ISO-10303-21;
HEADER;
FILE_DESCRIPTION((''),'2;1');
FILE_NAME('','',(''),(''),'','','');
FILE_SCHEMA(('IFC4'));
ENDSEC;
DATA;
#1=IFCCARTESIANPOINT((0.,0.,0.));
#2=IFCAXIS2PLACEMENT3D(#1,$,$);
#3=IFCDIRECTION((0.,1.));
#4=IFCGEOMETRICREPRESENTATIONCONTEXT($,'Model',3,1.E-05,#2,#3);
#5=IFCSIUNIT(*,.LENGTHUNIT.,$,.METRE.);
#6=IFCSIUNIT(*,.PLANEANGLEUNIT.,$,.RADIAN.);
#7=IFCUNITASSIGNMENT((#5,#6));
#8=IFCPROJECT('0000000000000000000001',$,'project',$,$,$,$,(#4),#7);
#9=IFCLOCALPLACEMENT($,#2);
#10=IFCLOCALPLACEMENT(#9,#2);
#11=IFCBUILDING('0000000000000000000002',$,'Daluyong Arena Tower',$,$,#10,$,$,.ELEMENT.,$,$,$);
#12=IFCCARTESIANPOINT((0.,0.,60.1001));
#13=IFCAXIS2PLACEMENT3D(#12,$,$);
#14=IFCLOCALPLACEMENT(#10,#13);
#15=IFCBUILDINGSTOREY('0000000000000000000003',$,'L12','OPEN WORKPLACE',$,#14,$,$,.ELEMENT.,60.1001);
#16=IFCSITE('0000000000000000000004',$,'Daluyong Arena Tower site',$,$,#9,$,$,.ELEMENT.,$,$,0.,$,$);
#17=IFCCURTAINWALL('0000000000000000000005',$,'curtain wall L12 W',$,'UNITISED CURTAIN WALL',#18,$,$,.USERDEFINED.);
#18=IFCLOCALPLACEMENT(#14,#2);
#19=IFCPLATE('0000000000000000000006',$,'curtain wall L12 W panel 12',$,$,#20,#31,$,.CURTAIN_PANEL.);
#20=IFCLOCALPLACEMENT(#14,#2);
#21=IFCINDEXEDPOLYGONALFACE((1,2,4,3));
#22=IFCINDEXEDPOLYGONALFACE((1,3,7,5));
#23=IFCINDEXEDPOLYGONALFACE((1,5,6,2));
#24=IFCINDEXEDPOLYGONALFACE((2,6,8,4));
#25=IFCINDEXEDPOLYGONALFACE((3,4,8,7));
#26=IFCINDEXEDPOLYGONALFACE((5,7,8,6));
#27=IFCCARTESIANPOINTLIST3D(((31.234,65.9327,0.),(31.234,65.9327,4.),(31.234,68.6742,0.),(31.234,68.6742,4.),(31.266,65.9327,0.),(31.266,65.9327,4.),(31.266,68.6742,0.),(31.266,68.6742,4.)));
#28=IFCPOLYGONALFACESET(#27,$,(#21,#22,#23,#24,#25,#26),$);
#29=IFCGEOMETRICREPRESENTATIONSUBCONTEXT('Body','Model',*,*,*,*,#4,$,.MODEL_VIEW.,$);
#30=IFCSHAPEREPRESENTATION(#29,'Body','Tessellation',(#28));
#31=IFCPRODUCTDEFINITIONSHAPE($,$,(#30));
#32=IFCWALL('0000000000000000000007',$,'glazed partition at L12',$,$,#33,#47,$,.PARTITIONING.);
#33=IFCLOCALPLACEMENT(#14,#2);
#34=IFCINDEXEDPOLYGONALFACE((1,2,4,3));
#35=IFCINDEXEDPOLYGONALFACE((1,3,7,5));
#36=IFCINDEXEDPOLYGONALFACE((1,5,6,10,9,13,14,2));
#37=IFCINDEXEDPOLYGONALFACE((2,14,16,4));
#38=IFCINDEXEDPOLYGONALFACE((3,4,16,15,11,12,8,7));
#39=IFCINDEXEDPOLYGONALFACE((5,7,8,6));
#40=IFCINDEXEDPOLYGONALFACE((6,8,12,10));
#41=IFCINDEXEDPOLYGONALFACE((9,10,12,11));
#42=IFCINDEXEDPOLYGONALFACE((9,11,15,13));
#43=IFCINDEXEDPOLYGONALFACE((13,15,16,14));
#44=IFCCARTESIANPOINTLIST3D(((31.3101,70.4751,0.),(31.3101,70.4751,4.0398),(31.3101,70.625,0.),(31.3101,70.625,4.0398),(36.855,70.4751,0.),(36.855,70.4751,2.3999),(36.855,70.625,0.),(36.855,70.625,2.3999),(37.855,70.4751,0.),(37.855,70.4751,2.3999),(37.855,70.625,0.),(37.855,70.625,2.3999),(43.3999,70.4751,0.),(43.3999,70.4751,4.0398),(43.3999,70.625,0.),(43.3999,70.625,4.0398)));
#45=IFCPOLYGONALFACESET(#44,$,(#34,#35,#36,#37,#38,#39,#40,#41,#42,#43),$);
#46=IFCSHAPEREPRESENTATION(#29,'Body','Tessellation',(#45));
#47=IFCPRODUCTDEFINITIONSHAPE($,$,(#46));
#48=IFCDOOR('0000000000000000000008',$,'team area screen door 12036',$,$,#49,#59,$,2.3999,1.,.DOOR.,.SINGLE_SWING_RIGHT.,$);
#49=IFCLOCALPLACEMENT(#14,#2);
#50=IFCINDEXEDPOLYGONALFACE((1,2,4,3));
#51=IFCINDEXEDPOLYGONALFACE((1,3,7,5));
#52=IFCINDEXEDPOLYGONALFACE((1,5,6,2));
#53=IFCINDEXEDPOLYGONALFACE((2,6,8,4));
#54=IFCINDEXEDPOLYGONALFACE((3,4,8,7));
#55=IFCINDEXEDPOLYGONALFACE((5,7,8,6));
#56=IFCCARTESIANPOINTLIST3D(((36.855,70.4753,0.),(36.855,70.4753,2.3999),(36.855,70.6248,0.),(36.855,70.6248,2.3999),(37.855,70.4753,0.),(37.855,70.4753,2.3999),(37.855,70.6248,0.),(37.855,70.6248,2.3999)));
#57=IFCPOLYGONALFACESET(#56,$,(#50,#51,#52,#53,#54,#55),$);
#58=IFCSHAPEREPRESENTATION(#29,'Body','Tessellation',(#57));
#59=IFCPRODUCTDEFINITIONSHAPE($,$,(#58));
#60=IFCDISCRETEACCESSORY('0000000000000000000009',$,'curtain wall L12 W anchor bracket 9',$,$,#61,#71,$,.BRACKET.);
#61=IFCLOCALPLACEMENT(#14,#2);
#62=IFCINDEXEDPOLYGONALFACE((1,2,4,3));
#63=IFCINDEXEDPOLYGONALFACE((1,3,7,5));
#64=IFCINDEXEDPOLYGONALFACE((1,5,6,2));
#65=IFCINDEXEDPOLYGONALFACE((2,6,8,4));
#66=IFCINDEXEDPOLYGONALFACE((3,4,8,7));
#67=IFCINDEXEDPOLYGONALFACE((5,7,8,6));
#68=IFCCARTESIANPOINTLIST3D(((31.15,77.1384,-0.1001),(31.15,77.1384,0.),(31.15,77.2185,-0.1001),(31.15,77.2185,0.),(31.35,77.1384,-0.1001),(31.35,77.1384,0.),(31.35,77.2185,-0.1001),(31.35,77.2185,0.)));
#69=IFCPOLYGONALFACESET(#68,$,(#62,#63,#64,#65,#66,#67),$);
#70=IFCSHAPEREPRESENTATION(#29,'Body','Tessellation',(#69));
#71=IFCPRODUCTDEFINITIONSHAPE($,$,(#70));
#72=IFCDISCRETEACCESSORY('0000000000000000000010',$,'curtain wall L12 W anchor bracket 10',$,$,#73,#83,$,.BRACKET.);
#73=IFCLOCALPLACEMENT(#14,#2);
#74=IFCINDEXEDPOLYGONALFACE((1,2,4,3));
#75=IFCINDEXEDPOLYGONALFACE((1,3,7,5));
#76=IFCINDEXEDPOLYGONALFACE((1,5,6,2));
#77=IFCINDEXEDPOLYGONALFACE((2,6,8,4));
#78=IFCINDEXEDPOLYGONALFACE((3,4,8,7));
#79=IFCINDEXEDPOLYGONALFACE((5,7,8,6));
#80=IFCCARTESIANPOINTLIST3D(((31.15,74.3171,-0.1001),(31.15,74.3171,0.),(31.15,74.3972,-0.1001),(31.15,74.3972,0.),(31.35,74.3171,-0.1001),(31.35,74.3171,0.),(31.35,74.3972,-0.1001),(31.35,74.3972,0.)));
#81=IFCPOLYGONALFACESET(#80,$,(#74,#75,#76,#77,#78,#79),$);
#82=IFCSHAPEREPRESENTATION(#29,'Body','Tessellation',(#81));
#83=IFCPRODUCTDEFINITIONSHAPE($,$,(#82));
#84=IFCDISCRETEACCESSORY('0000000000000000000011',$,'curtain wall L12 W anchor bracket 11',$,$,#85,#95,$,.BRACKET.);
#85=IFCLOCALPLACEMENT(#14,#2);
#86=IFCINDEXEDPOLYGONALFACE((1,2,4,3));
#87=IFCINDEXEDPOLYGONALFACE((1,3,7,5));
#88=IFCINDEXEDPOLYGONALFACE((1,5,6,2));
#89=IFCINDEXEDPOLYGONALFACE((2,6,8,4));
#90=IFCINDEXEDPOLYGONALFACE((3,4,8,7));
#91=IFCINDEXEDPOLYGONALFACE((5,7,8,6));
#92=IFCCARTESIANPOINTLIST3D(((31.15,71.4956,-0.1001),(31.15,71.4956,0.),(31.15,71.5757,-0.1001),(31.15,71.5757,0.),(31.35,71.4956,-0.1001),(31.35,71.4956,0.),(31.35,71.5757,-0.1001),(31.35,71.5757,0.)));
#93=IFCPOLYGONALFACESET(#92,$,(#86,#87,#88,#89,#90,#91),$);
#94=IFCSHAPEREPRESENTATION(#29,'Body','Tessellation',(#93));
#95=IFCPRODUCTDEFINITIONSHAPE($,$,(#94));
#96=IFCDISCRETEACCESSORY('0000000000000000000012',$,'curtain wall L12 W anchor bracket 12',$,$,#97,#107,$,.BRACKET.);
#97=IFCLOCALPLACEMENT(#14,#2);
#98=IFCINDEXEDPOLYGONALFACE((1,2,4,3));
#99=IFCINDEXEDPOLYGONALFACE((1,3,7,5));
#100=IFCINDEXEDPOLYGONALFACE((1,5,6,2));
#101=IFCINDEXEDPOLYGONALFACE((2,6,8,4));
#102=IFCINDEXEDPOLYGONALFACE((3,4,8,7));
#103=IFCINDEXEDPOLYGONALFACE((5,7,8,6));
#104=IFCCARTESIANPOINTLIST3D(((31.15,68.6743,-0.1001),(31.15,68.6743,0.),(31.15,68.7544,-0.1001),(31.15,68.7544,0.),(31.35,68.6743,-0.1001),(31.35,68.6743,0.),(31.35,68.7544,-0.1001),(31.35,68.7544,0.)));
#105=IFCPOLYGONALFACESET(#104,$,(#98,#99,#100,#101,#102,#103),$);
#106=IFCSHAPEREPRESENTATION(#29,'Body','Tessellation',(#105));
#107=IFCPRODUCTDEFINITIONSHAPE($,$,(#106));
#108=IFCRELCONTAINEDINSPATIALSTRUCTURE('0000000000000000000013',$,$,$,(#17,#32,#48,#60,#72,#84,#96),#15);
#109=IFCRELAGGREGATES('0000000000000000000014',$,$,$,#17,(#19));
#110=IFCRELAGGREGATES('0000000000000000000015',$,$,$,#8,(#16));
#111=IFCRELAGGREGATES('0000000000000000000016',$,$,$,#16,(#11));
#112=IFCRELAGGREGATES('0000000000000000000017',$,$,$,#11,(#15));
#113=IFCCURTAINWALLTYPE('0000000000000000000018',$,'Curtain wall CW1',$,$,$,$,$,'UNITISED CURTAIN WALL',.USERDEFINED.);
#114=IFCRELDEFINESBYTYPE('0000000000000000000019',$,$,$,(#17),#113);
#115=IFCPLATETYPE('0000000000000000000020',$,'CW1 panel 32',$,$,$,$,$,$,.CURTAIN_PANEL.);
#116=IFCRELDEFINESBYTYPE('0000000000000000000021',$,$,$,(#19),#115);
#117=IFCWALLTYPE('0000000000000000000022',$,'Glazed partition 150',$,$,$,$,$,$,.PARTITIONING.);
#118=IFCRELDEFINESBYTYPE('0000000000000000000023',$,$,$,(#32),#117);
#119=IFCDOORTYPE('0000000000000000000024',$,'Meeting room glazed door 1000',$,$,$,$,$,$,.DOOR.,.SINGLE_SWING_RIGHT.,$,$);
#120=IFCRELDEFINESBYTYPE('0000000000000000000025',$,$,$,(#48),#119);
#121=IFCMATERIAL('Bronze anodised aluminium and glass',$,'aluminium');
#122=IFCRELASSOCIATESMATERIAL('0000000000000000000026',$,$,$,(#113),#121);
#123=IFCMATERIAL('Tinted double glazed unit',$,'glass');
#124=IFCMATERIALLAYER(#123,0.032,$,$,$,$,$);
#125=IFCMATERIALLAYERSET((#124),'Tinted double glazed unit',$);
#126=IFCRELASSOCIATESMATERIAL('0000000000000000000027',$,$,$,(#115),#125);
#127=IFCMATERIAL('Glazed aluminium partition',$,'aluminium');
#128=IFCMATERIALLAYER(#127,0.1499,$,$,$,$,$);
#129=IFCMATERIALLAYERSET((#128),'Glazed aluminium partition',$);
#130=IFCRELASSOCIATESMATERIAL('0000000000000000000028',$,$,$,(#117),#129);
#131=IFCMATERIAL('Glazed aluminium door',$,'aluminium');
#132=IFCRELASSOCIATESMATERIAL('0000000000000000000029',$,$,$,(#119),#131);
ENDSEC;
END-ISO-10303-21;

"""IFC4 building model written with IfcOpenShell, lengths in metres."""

from ifc_helpers import new_model, si_unit, direction, frame, frame_2d, origin, origin_2d, place, context, subcontext, project, spatial, rectangle, extrude, material, layer, layer_set, type_object, element, fill, aggregate, save


model = new_model("IFC4")

# Units and contexts
model_context = context("Model", 3, precision=1e-05, world=origin(), true_north=direction((0.0, 1.0)))
body_context = subcontext(model_context, "Body", "Model", "MODEL_VIEW")
ifc_project = project(units=[si_unit("LENGTHUNIT", "METRE"), si_unit("PLANEANGLEUNIT", "RADIAN")], contexts=[model_context])

# Site, building, storey
site_placement = place(None, origin())
site = spatial("IfcSite", under=ifc_project, at=site_placement, Name="Daluyong Arena Tower site", CompositionType="ELEMENT", RefElevation=0.0)
building_placement = place(site_placement, origin())
building = spatial("IfcBuilding", under=site, at=building_placement, Name="Daluyong Arena Tower", CompositionType="ELEMENT")
storey_placement = place(building_placement, frame((0.0, 0.0, 60.1001)))
storey = spatial("IfcBuildingStorey", under=building, at=storey_placement, Name="L12", Description="OPEN WORKPLACE", CompositionType="ELEMENT", Elevation=60.1001)

# Curtain wall
ifc_material_1 = material(Name="Bronze anodised aluminium and glass", Category="aluminium")
curtain_wall_type = type_object("IfcCurtainWallType", Name="Curtain wall CW1", ElementType="UNITISED CURTAIN WALL", PredefinedType="USERDEFINED", material=ifc_material_1)
curtain_wall_placement = place(storey_placement, origin())
curtain_wall = element("IfcCurtainWall", 1, at=curtain_wall_placement, inside=storey, type_object=curtain_wall_type, Name="curtain wall L12 W", ObjectType="UNITISED CURTAIN WALL", PredefinedType="USERDEFINED")

# Plate
ifc_material_2 = material(Name="Tinted double glazed unit", Category="glass")
ifc_layer_1 = layer(ifc_material_2, 0.032)
ifc_layer_set_1 = layer_set([ifc_layer_1], Name="Tinted double glazed unit")
plate_type = type_object("IfcPlateType", Name="CW1 panel 32", PredefinedType="CURTAIN_PANEL", material=ifc_layer_set_1)
plate_1_placement = place(storey_placement, frame((31.25, 67.3035, 0.0), z_axis=(0.0, 0.0, 1.0), x_axis=(0.0, -1.0, 0.0)))
plate_1 = element("IfcPlate", 2, at=plate_1_placement, type_object=plate_type, Name="curtain wall L12 W panel 12", PredefinedType="CURTAIN_PANEL", context=body_context, shape_type="SweptSolid", body=[
    extrude(rectangle(XDim=2.7415, YDim=0.032, at=origin_2d()), origin(), (0.0, 0.0, 1.0), 4.0),
])
aggregate(curtain_wall, [plate_1])

# Wall, opening, door
ifc_material_3 = material(Name="Glazed aluminium partition", Category="aluminium")
ifc_layer_2 = layer(ifc_material_3, 0.1499)
ifc_layer_set_2 = layer_set([ifc_layer_2], Name="Glazed aluminium partition")
wall_type = type_object("IfcWallType", Name="Glazed partition 150", PredefinedType="PARTITIONING", material=ifc_layer_set_2)
wall_placement = place(storey_placement, frame((31.3101, 70.55, 0.0), z_axis=(0.0, 0.0, 1.0), x_axis=(1.0, 0.0, 0.0)))
wall = element("IfcWall", 3, at=wall_placement, inside=storey, type_object=wall_type, Name="glazed partition at L12", PredefinedType="PARTITIONING", context=body_context, shape_type="SweptSolid", body=[
    extrude(rectangle(XDim=12.0898, YDim=0.1499, at=frame_2d((6.0449, 0.0))), origin(), (0.0, 0.0, 1.0), 4.0398),
])
opening_placement = place(wall_placement, frame((5.5449, 0.0, 0.0)))
opening = element("IfcOpeningElement", 4, at=opening_placement, cuts=wall, PredefinedType="OPENING", context=body_context, shape_type="SweptSolid", body=[
    extrude(rectangle(XDim=1.0, YDim=2.3999, at=frame_2d((0.5, 1.2))), frame((0.0, 0.085, 0.0), z_axis=(0.0, -1.0, 0.0), x_axis=(1.0, 0.0, 0.0)), (0.0, 0.0, 1.0), 0.1699),
])
ifc_material_4 = material(Name="Glazed aluminium door", Category="aluminium")
door_type = type_object("IfcDoorType", Name="Meeting room glazed door 1000", OperationType="SINGLE_SWING_RIGHT", PredefinedType="DOOR", material=ifc_material_4)
door_placement = place(opening_placement, origin())
door = element("IfcDoor", 5, at=door_placement, inside=storey, type_object=door_type, Name="team area screen door 12036", OperationType="SINGLE_SWING_RIGHT", OverallHeight=2.3999, OverallWidth=1.0, PredefinedType="DOOR", context=body_context, shape_type="SweptSolid", body=[
    extrude(rectangle(XDim=1.0, YDim=2.3999, at=frame_2d((0.5, 1.2))), frame((0.0, 0.0747, 0.0), z_axis=(0.0, -1.0, 0.0), x_axis=(1.0, 0.0, 0.0)), (0.0, 0.0, 1.0), 0.1494),
])
fill(opening, door)

# Discrete accessories
for number, where, z_axis, x_axis, name in (
    (6, (31.25, 77.1785, -0.1001), (0.0, 0.0, 1.0), (0.0, -1.0, 0.0), "curtain wall L12 W anchor bracket 9"),
    (7, (31.25, 74.3572, -0.1001), (0.0, 0.0, 1.0), (0.0, -1.0, 0.0), "curtain wall L12 W anchor bracket 10"),
    (8, (31.25, 71.5356, -0.1001), (0.0, 0.0, 1.0), (0.0, -1.0, 0.0), "curtain wall L12 W anchor bracket 11"),
    (9, (31.25, 68.7144, -0.1001), (0.0, 0.0, 1.0), (0.0, -1.0, 0.0), "curtain wall L12 W anchor bracket 12"),
):
    element("IfcDiscreteAccessory", number, at=place(storey_placement, frame(where, z_axis=z_axis, x_axis=x_axis)), inside=storey, Name=name, PredefinedType="BRACKET", context=body_context, shape_type="SweptSolid", body=[
        extrude(rectangle(XDim=0.0801, YDim=0.2, at=origin_2d()), origin(), (0.0, 0.0, 1.0), 0.1001),
    ])

save(model, "model.ifc")
